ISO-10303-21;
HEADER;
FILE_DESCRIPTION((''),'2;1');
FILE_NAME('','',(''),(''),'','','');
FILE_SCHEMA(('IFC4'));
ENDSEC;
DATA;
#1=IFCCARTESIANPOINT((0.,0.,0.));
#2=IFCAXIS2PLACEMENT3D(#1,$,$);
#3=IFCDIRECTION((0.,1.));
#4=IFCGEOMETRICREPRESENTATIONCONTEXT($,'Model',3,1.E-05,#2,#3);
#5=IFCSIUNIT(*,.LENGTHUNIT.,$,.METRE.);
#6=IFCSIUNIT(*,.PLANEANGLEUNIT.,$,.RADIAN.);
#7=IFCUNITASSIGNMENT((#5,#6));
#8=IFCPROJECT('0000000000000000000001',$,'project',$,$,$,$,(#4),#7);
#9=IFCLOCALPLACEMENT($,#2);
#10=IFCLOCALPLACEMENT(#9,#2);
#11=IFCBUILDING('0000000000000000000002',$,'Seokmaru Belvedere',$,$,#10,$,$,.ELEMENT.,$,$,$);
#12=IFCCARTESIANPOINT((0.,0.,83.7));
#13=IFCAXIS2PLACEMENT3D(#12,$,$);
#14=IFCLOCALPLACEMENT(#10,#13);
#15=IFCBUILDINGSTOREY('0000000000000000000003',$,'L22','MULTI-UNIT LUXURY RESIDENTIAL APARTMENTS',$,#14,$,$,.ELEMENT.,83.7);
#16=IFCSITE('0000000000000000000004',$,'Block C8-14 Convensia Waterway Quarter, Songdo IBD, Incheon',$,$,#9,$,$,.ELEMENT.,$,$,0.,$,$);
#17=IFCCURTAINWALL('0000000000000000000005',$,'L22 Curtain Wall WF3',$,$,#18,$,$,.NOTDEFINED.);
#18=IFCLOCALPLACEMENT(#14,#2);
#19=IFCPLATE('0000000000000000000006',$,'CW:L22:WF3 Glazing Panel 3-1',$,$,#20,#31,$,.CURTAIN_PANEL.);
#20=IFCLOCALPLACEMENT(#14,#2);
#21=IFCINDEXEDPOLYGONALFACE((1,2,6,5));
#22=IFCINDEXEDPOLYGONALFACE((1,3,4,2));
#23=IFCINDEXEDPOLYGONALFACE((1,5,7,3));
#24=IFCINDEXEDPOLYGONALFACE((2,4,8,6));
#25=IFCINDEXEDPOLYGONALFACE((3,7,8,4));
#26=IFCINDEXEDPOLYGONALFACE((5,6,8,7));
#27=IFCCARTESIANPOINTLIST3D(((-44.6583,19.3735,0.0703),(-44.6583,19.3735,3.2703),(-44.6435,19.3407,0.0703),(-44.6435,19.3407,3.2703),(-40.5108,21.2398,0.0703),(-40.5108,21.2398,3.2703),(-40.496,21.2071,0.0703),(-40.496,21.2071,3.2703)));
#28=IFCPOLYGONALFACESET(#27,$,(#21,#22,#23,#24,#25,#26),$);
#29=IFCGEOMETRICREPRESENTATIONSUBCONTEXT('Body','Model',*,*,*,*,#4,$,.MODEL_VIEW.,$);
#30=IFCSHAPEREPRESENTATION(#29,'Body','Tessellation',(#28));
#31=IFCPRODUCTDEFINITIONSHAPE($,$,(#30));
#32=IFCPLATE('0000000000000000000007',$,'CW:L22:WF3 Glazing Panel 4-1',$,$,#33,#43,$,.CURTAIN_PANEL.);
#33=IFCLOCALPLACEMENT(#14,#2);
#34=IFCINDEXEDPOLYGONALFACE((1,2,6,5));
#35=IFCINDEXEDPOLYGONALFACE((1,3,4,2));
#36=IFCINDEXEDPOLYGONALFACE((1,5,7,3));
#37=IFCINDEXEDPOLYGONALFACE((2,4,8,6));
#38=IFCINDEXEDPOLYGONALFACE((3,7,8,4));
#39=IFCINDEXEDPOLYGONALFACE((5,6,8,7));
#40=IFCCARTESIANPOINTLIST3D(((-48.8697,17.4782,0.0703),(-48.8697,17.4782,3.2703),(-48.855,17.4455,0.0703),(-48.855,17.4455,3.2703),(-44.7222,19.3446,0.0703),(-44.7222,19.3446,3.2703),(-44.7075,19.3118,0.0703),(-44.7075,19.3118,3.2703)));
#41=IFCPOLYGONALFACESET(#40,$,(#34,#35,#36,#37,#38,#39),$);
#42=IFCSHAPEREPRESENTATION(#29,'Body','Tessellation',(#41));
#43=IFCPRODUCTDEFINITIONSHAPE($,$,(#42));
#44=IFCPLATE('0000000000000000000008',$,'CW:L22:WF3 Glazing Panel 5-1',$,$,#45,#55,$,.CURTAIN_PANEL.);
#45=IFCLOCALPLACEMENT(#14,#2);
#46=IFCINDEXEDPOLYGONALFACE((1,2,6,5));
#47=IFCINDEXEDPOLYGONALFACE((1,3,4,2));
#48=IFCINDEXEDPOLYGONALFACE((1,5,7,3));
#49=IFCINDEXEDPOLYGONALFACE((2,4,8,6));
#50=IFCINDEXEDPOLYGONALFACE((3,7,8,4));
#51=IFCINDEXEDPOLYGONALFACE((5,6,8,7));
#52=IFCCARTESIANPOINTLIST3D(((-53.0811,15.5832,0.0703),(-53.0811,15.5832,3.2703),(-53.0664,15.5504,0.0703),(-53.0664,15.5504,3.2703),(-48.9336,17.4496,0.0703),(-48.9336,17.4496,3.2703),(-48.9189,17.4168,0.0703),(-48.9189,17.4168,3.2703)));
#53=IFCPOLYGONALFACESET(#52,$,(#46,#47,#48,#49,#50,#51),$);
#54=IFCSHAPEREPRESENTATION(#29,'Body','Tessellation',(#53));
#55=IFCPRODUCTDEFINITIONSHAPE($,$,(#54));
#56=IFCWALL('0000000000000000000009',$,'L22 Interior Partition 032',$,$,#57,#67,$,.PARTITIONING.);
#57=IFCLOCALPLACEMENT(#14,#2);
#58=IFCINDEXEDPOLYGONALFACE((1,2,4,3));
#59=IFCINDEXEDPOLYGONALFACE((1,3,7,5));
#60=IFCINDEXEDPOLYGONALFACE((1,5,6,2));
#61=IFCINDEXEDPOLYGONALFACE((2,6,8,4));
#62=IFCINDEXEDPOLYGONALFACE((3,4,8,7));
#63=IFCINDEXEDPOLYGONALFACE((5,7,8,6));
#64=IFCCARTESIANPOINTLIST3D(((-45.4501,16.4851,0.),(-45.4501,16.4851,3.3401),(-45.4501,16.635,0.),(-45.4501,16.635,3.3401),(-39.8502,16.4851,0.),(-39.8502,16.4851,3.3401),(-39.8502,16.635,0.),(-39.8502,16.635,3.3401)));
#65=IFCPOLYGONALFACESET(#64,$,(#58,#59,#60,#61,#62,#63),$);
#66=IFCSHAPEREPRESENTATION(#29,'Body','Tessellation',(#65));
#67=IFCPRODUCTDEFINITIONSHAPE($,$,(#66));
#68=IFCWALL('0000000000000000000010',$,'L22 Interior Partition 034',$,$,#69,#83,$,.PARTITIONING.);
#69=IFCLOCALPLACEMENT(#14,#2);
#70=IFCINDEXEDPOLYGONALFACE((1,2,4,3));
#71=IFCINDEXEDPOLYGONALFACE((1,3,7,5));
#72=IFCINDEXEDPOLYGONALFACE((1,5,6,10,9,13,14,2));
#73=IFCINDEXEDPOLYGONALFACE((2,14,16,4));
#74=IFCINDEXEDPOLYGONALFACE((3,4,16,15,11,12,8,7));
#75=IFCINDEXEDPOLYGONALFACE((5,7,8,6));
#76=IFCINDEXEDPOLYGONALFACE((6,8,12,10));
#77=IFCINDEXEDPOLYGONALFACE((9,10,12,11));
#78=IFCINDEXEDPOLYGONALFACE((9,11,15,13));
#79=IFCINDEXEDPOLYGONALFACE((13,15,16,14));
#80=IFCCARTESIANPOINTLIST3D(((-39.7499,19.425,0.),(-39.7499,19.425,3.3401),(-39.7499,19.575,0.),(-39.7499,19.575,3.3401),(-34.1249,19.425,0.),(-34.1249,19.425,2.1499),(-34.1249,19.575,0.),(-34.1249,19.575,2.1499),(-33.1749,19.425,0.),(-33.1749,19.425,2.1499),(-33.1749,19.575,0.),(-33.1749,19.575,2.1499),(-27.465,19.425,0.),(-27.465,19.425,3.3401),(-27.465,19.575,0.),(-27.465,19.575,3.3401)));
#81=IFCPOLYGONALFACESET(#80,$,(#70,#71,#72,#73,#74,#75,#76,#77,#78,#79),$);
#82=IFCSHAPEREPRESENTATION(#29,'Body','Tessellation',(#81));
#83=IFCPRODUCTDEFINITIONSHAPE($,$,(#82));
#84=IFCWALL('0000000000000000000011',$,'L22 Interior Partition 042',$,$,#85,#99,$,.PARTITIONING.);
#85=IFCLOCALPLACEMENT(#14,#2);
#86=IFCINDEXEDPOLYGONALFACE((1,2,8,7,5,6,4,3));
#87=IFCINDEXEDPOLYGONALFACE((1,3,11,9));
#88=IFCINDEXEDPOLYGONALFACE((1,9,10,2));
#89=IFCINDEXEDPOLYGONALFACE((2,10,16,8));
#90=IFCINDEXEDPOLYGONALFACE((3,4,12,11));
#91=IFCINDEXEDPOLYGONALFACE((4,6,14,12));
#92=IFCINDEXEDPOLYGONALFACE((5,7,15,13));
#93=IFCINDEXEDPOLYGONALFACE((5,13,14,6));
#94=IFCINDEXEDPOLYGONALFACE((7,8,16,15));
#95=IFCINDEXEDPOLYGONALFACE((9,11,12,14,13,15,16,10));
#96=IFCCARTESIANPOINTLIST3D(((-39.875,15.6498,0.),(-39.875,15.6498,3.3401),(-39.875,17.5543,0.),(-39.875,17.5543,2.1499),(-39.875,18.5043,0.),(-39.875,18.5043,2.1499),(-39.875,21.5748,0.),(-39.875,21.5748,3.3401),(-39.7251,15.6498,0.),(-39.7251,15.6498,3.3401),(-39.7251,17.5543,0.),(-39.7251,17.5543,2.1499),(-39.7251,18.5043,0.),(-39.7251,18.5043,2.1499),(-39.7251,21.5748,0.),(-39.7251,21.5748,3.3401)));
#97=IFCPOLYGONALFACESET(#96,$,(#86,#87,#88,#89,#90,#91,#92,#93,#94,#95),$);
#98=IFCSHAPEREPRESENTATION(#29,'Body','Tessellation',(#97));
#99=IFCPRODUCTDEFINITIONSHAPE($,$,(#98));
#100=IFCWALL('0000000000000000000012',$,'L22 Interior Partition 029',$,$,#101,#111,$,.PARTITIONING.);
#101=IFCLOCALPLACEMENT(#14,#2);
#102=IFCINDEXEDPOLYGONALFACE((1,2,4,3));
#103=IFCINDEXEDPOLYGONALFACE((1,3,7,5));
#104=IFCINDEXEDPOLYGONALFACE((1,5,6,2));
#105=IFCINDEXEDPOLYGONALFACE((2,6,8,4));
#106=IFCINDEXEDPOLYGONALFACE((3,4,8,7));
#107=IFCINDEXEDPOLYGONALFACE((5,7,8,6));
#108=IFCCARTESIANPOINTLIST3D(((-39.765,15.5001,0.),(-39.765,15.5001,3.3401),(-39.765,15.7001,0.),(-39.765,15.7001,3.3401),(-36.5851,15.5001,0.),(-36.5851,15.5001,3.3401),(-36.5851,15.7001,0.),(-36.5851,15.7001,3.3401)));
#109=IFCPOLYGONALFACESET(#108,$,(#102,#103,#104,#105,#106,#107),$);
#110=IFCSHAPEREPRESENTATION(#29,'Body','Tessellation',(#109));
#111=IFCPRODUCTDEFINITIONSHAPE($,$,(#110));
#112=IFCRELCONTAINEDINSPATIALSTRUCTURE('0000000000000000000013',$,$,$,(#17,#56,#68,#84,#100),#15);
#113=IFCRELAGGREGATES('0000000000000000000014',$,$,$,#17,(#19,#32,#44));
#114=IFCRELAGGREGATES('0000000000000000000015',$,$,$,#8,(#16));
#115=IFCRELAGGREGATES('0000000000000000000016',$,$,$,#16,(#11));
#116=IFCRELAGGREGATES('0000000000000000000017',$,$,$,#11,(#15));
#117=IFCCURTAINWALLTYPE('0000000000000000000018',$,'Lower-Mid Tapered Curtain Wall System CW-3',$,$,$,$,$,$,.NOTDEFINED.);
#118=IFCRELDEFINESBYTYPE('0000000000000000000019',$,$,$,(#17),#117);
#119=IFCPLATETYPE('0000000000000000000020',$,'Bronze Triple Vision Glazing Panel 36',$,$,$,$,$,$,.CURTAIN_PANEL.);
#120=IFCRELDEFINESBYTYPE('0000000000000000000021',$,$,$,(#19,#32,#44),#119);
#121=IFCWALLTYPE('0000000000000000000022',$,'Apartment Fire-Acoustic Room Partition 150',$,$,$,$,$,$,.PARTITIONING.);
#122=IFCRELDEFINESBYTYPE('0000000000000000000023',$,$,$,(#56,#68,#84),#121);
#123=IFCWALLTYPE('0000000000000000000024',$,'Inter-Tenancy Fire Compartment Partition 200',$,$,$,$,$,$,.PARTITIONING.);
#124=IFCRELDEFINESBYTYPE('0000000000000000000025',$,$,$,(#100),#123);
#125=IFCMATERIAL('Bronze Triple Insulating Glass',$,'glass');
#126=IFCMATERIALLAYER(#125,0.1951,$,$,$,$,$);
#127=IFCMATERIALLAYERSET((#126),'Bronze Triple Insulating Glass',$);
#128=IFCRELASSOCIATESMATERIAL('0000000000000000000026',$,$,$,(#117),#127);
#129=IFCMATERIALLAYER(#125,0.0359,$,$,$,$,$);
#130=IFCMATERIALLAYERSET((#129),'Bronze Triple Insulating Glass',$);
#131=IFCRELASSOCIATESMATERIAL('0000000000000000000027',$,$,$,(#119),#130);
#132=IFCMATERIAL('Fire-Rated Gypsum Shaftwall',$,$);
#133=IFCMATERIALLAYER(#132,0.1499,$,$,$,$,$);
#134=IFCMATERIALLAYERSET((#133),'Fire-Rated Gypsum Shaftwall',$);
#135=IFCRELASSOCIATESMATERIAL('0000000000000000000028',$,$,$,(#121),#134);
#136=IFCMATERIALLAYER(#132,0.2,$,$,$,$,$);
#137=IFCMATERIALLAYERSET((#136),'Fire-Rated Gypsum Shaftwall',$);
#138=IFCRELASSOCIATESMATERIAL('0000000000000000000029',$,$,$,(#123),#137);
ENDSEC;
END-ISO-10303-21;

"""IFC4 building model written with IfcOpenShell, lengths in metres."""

from ifc_helpers import new_model, si_unit, direction, frame, frame_2d, origin, origin_2d, place, context, subcontext, project, spatial, rectangle, extrude, source, transform, mapped, material, layer, layer_set, type_object, type_shapes, element, aggregate, save


model = new_model("IFC4")

# Units and contexts
model_context = context("Model", 3, precision=1e-05, world=origin(), true_north=direction((0.0, 1.0)))
body_context = subcontext(model_context, "Body", "Model", "MODEL_VIEW")
ifc_project = project(units=[si_unit("LENGTHUNIT", "METRE"), si_unit("PLANEANGLEUNIT", "RADIAN")], contexts=[model_context])

# Site, building, storey
site_placement = place(None, origin())
site = spatial("IfcSite", under=ifc_project, at=site_placement, Name="Block C8-14 Convensia Waterway Quarter, Songdo IBD, Incheon", CompositionType="ELEMENT", RefElevation=0.0)
building_placement = place(site_placement, origin())
building = spatial("IfcBuilding", under=site, at=building_placement, Name="Seokmaru Belvedere", CompositionType="ELEMENT")
storey_placement = place(building_placement, frame((0.0, 0.0, 83.7)))
storey = spatial("IfcBuildingStorey", under=building, at=storey_placement, Name="L22", Description="MULTI-UNIT LUXURY RESIDENTIAL APARTMENTS", CompositionType="ELEMENT", Elevation=83.7)

# Curtain wall, plates
ifc_material_1 = material(Name="Bronze Triple Insulating Glass", Category="glass")
ifc_layer_1 = layer(ifc_material_1, 0.1951)
ifc_layer_set_1 = layer_set([ifc_layer_1], Name="Bronze Triple Insulating Glass")
curtain_wall_type = type_object("IfcCurtainWallType", Name="Lower-Mid Tapered Curtain Wall System CW-3", PredefinedType="NOTDEFINED", material=ifc_layer_set_1)
curtain_wall_placement = place(storey_placement, origin())
curtain_wall = element("IfcCurtainWall", 1, at=curtain_wall_placement, inside=storey, type_object=curtain_wall_type, Name="L22 Curtain Wall WF3", PredefinedType="NOTDEFINED")
ifc_layer_2 = layer(ifc_material_1, 0.0359)
ifc_layer_set_2 = layer_set([ifc_layer_2], Name="Bronze Triple Insulating Glass")
plate_type = type_object("IfcPlateType", Name="Bronze Triple Vision Glazing Panel 36", PredefinedType="CURTAIN_PANEL", material=ifc_layer_set_2)
shared_shape_1 = source(origin(), body_context, "Body", "SweptSolid", [
    extrude(rectangle(XDim=4.5481, YDim=0.0359, at=origin_2d()), origin(), (0.0, 0.0, 1.0), 3.2),
])
type_shapes(plate_type, [shared_shape_1])
plate_1_placement = place(storey_placement, frame((-42.5771, 20.2903, 0.0703), z_axis=(0.0, 0.0, 1.0), x_axis=(-0.911921, -0.410366, 0.0)))
plate_1 = element("IfcPlate", 2, at=plate_1_placement, type_object=plate_type, Name="CW:L22:WF3 Glazing Panel 3-1", PredefinedType="CURTAIN_PANEL", context=body_context, shape_type="MappedRepresentation", body=[
    mapped(shared_shape_1, transform((0.0, 0.0, 0.0), scale=1.0)),
])
plate_2_placement = place(storey_placement, frame((-46.7886, 18.395, 0.0703), z_axis=(0.0, 0.0, 1.0), x_axis=(-0.911921, -0.410366, 0.0)))
plate_2 = element("IfcPlate", 3, at=plate_2_placement, type_object=plate_type, Name="CW:L22:WF3 Glazing Panel 4-1", PredefinedType="CURTAIN_PANEL", context=body_context, shape_type="MappedRepresentation", body=[
    mapped(shared_shape_1, transform((0.0, 0.0, 0.0), scale=1.0)),
])
plate_3_placement = place(storey_placement, frame((-51.0, 16.5, 0.0703), z_axis=(0.0, 0.0, 1.0), x_axis=(-0.911921, -0.410366, 0.0)))
plate_3 = element("IfcPlate", 4, at=plate_3_placement, type_object=plate_type, Name="CW:L22:WF3 Glazing Panel 5-1", PredefinedType="CURTAIN_PANEL", context=body_context, shape_type="MappedRepresentation", body=[
    mapped(shared_shape_1, transform((0.0, 0.0, 0.0), scale=1.0)),
])
aggregate(curtain_wall, [plate_1, plate_2, plate_3])

# Wall
ifc_material_2 = material(Name="Fire-Rated Gypsum Shaftwall")
ifc_layer_3 = layer(ifc_material_2, 0.1499)
ifc_layer_set_3 = layer_set([ifc_layer_3], Name="Fire-Rated Gypsum Shaftwall")
wall_type_1 = type_object("IfcWallType", Name="Apartment Fire-Acoustic Room Partition 150", PredefinedType="PARTITIONING", material=ifc_layer_set_3)
wall_1_placement = place(storey_placement, frame((-45.45, 16.5601, 0.0), z_axis=(0.0, 0.0, 1.0), x_axis=(1.0, 0.0, 0.0)))
element("IfcWall", 5, at=wall_1_placement, inside=storey, type_object=wall_type_1, Name="L22 Interior Partition 032", PredefinedType="PARTITIONING", context=body_context, shape_type="SweptSolid", body=[
    extrude(rectangle(XDim=5.5999, YDim=0.1499, at=frame_2d((2.7998, 0.0))), origin(), (0.0, 0.0, 1.0), 3.3401),
])

# Walls, openings
wall_2_placement = place(storey_placement, frame((-39.75, 19.5, 0.0), z_axis=(0.0, 0.0, 1.0), x_axis=(1.0, 0.0, 0.0)))
wall_2 = element("IfcWall", 6, at=wall_2_placement, inside=storey, type_object=wall_type_1, Name="L22 Interior Partition 034", PredefinedType="PARTITIONING", context=body_context, shape_type="SweptSolid", body=[
    extrude(rectangle(XDim=12.2849, YDim=0.1499, at=frame_2d((6.1426, 0.0))), origin(), (0.0, 0.0, 1.0), 3.3401),
])
opening_1_placement = place(wall_2_placement, frame((5.625, 0.0, 0.0)))
element("IfcOpeningElement", 7, at=opening_1_placement, cuts=wall_2, PredefinedType="OPENING", context=body_context, shape_type="SweptSolid", body=[
    extrude(rectangle(XDim=0.95, YDim=2.1499, at=frame_2d((0.4751, 1.075))), frame((0.0, 0.085, 0.0), z_axis=(0.0, -1.0, 0.0), x_axis=(1.0, 0.0, 0.0)), (0.0, 0.0, 1.0), 0.1699),
])
wall_3_placement = place(storey_placement, frame((-39.8, 15.6499, 0.0), z_axis=(0.0, 0.0, 1.0), x_axis=(0.0, 1.0, 0.0)))
wall_3 = element("IfcWall", 8, at=wall_3_placement, inside=storey, type_object=wall_type_1, Name="L22 Interior Partition 042", PredefinedType="PARTITIONING", context=body_context, shape_type="SweptSolid", body=[
    extrude(rectangle(XDim=5.925, YDim=0.1499, at=frame_2d((2.9624, 0.0))), origin(), (0.0, 0.0, 1.0), 3.3401),
])
opening_2_placement = place(wall_3_placement, frame((1.9043, 0.0, 0.0)))
element("IfcOpeningElement", 9, at=opening_2_placement, cuts=wall_3, PredefinedType="OPENING", context=body_context, shape_type="SweptSolid", body=[
    extrude(rectangle(XDim=0.95, YDim=2.1499, at=frame_2d((0.4751, 1.075))), frame((0.0, 0.085, 0.0), z_axis=(0.0, -1.0, 0.0), x_axis=(1.0, 0.0, 0.0)), (0.0, 0.0, 1.0), 0.1699),
])

# Wall
ifc_layer_4 = layer(ifc_material_2, 0.2)
ifc_layer_set_4 = layer_set([ifc_layer_4], Name="Fire-Rated Gypsum Shaftwall")
wall_type_2 = type_object("IfcWallType", Name="Inter-Tenancy Fire Compartment Partition 200", PredefinedType="PARTITIONING", material=ifc_layer_set_4)
wall_4_placement = place(storey_placement, frame((-39.7649, 15.6001, 0.0), z_axis=(0.0, 0.0, 1.0), x_axis=(1.0, 0.0, 0.0)))
element("IfcWall", 10, at=wall_4_placement, inside=storey, type_object=wall_type_2, Name="L22 Interior Partition 029", PredefinedType="PARTITIONING", context=body_context, shape_type="SweptSolid", body=[
    extrude(rectangle(XDim=3.1799, YDim=0.2, at=frame_2d((1.5898, 0.0))), origin(), (0.0, 0.0, 1.0), 3.3401),
])

save(model, "model.ifc")
